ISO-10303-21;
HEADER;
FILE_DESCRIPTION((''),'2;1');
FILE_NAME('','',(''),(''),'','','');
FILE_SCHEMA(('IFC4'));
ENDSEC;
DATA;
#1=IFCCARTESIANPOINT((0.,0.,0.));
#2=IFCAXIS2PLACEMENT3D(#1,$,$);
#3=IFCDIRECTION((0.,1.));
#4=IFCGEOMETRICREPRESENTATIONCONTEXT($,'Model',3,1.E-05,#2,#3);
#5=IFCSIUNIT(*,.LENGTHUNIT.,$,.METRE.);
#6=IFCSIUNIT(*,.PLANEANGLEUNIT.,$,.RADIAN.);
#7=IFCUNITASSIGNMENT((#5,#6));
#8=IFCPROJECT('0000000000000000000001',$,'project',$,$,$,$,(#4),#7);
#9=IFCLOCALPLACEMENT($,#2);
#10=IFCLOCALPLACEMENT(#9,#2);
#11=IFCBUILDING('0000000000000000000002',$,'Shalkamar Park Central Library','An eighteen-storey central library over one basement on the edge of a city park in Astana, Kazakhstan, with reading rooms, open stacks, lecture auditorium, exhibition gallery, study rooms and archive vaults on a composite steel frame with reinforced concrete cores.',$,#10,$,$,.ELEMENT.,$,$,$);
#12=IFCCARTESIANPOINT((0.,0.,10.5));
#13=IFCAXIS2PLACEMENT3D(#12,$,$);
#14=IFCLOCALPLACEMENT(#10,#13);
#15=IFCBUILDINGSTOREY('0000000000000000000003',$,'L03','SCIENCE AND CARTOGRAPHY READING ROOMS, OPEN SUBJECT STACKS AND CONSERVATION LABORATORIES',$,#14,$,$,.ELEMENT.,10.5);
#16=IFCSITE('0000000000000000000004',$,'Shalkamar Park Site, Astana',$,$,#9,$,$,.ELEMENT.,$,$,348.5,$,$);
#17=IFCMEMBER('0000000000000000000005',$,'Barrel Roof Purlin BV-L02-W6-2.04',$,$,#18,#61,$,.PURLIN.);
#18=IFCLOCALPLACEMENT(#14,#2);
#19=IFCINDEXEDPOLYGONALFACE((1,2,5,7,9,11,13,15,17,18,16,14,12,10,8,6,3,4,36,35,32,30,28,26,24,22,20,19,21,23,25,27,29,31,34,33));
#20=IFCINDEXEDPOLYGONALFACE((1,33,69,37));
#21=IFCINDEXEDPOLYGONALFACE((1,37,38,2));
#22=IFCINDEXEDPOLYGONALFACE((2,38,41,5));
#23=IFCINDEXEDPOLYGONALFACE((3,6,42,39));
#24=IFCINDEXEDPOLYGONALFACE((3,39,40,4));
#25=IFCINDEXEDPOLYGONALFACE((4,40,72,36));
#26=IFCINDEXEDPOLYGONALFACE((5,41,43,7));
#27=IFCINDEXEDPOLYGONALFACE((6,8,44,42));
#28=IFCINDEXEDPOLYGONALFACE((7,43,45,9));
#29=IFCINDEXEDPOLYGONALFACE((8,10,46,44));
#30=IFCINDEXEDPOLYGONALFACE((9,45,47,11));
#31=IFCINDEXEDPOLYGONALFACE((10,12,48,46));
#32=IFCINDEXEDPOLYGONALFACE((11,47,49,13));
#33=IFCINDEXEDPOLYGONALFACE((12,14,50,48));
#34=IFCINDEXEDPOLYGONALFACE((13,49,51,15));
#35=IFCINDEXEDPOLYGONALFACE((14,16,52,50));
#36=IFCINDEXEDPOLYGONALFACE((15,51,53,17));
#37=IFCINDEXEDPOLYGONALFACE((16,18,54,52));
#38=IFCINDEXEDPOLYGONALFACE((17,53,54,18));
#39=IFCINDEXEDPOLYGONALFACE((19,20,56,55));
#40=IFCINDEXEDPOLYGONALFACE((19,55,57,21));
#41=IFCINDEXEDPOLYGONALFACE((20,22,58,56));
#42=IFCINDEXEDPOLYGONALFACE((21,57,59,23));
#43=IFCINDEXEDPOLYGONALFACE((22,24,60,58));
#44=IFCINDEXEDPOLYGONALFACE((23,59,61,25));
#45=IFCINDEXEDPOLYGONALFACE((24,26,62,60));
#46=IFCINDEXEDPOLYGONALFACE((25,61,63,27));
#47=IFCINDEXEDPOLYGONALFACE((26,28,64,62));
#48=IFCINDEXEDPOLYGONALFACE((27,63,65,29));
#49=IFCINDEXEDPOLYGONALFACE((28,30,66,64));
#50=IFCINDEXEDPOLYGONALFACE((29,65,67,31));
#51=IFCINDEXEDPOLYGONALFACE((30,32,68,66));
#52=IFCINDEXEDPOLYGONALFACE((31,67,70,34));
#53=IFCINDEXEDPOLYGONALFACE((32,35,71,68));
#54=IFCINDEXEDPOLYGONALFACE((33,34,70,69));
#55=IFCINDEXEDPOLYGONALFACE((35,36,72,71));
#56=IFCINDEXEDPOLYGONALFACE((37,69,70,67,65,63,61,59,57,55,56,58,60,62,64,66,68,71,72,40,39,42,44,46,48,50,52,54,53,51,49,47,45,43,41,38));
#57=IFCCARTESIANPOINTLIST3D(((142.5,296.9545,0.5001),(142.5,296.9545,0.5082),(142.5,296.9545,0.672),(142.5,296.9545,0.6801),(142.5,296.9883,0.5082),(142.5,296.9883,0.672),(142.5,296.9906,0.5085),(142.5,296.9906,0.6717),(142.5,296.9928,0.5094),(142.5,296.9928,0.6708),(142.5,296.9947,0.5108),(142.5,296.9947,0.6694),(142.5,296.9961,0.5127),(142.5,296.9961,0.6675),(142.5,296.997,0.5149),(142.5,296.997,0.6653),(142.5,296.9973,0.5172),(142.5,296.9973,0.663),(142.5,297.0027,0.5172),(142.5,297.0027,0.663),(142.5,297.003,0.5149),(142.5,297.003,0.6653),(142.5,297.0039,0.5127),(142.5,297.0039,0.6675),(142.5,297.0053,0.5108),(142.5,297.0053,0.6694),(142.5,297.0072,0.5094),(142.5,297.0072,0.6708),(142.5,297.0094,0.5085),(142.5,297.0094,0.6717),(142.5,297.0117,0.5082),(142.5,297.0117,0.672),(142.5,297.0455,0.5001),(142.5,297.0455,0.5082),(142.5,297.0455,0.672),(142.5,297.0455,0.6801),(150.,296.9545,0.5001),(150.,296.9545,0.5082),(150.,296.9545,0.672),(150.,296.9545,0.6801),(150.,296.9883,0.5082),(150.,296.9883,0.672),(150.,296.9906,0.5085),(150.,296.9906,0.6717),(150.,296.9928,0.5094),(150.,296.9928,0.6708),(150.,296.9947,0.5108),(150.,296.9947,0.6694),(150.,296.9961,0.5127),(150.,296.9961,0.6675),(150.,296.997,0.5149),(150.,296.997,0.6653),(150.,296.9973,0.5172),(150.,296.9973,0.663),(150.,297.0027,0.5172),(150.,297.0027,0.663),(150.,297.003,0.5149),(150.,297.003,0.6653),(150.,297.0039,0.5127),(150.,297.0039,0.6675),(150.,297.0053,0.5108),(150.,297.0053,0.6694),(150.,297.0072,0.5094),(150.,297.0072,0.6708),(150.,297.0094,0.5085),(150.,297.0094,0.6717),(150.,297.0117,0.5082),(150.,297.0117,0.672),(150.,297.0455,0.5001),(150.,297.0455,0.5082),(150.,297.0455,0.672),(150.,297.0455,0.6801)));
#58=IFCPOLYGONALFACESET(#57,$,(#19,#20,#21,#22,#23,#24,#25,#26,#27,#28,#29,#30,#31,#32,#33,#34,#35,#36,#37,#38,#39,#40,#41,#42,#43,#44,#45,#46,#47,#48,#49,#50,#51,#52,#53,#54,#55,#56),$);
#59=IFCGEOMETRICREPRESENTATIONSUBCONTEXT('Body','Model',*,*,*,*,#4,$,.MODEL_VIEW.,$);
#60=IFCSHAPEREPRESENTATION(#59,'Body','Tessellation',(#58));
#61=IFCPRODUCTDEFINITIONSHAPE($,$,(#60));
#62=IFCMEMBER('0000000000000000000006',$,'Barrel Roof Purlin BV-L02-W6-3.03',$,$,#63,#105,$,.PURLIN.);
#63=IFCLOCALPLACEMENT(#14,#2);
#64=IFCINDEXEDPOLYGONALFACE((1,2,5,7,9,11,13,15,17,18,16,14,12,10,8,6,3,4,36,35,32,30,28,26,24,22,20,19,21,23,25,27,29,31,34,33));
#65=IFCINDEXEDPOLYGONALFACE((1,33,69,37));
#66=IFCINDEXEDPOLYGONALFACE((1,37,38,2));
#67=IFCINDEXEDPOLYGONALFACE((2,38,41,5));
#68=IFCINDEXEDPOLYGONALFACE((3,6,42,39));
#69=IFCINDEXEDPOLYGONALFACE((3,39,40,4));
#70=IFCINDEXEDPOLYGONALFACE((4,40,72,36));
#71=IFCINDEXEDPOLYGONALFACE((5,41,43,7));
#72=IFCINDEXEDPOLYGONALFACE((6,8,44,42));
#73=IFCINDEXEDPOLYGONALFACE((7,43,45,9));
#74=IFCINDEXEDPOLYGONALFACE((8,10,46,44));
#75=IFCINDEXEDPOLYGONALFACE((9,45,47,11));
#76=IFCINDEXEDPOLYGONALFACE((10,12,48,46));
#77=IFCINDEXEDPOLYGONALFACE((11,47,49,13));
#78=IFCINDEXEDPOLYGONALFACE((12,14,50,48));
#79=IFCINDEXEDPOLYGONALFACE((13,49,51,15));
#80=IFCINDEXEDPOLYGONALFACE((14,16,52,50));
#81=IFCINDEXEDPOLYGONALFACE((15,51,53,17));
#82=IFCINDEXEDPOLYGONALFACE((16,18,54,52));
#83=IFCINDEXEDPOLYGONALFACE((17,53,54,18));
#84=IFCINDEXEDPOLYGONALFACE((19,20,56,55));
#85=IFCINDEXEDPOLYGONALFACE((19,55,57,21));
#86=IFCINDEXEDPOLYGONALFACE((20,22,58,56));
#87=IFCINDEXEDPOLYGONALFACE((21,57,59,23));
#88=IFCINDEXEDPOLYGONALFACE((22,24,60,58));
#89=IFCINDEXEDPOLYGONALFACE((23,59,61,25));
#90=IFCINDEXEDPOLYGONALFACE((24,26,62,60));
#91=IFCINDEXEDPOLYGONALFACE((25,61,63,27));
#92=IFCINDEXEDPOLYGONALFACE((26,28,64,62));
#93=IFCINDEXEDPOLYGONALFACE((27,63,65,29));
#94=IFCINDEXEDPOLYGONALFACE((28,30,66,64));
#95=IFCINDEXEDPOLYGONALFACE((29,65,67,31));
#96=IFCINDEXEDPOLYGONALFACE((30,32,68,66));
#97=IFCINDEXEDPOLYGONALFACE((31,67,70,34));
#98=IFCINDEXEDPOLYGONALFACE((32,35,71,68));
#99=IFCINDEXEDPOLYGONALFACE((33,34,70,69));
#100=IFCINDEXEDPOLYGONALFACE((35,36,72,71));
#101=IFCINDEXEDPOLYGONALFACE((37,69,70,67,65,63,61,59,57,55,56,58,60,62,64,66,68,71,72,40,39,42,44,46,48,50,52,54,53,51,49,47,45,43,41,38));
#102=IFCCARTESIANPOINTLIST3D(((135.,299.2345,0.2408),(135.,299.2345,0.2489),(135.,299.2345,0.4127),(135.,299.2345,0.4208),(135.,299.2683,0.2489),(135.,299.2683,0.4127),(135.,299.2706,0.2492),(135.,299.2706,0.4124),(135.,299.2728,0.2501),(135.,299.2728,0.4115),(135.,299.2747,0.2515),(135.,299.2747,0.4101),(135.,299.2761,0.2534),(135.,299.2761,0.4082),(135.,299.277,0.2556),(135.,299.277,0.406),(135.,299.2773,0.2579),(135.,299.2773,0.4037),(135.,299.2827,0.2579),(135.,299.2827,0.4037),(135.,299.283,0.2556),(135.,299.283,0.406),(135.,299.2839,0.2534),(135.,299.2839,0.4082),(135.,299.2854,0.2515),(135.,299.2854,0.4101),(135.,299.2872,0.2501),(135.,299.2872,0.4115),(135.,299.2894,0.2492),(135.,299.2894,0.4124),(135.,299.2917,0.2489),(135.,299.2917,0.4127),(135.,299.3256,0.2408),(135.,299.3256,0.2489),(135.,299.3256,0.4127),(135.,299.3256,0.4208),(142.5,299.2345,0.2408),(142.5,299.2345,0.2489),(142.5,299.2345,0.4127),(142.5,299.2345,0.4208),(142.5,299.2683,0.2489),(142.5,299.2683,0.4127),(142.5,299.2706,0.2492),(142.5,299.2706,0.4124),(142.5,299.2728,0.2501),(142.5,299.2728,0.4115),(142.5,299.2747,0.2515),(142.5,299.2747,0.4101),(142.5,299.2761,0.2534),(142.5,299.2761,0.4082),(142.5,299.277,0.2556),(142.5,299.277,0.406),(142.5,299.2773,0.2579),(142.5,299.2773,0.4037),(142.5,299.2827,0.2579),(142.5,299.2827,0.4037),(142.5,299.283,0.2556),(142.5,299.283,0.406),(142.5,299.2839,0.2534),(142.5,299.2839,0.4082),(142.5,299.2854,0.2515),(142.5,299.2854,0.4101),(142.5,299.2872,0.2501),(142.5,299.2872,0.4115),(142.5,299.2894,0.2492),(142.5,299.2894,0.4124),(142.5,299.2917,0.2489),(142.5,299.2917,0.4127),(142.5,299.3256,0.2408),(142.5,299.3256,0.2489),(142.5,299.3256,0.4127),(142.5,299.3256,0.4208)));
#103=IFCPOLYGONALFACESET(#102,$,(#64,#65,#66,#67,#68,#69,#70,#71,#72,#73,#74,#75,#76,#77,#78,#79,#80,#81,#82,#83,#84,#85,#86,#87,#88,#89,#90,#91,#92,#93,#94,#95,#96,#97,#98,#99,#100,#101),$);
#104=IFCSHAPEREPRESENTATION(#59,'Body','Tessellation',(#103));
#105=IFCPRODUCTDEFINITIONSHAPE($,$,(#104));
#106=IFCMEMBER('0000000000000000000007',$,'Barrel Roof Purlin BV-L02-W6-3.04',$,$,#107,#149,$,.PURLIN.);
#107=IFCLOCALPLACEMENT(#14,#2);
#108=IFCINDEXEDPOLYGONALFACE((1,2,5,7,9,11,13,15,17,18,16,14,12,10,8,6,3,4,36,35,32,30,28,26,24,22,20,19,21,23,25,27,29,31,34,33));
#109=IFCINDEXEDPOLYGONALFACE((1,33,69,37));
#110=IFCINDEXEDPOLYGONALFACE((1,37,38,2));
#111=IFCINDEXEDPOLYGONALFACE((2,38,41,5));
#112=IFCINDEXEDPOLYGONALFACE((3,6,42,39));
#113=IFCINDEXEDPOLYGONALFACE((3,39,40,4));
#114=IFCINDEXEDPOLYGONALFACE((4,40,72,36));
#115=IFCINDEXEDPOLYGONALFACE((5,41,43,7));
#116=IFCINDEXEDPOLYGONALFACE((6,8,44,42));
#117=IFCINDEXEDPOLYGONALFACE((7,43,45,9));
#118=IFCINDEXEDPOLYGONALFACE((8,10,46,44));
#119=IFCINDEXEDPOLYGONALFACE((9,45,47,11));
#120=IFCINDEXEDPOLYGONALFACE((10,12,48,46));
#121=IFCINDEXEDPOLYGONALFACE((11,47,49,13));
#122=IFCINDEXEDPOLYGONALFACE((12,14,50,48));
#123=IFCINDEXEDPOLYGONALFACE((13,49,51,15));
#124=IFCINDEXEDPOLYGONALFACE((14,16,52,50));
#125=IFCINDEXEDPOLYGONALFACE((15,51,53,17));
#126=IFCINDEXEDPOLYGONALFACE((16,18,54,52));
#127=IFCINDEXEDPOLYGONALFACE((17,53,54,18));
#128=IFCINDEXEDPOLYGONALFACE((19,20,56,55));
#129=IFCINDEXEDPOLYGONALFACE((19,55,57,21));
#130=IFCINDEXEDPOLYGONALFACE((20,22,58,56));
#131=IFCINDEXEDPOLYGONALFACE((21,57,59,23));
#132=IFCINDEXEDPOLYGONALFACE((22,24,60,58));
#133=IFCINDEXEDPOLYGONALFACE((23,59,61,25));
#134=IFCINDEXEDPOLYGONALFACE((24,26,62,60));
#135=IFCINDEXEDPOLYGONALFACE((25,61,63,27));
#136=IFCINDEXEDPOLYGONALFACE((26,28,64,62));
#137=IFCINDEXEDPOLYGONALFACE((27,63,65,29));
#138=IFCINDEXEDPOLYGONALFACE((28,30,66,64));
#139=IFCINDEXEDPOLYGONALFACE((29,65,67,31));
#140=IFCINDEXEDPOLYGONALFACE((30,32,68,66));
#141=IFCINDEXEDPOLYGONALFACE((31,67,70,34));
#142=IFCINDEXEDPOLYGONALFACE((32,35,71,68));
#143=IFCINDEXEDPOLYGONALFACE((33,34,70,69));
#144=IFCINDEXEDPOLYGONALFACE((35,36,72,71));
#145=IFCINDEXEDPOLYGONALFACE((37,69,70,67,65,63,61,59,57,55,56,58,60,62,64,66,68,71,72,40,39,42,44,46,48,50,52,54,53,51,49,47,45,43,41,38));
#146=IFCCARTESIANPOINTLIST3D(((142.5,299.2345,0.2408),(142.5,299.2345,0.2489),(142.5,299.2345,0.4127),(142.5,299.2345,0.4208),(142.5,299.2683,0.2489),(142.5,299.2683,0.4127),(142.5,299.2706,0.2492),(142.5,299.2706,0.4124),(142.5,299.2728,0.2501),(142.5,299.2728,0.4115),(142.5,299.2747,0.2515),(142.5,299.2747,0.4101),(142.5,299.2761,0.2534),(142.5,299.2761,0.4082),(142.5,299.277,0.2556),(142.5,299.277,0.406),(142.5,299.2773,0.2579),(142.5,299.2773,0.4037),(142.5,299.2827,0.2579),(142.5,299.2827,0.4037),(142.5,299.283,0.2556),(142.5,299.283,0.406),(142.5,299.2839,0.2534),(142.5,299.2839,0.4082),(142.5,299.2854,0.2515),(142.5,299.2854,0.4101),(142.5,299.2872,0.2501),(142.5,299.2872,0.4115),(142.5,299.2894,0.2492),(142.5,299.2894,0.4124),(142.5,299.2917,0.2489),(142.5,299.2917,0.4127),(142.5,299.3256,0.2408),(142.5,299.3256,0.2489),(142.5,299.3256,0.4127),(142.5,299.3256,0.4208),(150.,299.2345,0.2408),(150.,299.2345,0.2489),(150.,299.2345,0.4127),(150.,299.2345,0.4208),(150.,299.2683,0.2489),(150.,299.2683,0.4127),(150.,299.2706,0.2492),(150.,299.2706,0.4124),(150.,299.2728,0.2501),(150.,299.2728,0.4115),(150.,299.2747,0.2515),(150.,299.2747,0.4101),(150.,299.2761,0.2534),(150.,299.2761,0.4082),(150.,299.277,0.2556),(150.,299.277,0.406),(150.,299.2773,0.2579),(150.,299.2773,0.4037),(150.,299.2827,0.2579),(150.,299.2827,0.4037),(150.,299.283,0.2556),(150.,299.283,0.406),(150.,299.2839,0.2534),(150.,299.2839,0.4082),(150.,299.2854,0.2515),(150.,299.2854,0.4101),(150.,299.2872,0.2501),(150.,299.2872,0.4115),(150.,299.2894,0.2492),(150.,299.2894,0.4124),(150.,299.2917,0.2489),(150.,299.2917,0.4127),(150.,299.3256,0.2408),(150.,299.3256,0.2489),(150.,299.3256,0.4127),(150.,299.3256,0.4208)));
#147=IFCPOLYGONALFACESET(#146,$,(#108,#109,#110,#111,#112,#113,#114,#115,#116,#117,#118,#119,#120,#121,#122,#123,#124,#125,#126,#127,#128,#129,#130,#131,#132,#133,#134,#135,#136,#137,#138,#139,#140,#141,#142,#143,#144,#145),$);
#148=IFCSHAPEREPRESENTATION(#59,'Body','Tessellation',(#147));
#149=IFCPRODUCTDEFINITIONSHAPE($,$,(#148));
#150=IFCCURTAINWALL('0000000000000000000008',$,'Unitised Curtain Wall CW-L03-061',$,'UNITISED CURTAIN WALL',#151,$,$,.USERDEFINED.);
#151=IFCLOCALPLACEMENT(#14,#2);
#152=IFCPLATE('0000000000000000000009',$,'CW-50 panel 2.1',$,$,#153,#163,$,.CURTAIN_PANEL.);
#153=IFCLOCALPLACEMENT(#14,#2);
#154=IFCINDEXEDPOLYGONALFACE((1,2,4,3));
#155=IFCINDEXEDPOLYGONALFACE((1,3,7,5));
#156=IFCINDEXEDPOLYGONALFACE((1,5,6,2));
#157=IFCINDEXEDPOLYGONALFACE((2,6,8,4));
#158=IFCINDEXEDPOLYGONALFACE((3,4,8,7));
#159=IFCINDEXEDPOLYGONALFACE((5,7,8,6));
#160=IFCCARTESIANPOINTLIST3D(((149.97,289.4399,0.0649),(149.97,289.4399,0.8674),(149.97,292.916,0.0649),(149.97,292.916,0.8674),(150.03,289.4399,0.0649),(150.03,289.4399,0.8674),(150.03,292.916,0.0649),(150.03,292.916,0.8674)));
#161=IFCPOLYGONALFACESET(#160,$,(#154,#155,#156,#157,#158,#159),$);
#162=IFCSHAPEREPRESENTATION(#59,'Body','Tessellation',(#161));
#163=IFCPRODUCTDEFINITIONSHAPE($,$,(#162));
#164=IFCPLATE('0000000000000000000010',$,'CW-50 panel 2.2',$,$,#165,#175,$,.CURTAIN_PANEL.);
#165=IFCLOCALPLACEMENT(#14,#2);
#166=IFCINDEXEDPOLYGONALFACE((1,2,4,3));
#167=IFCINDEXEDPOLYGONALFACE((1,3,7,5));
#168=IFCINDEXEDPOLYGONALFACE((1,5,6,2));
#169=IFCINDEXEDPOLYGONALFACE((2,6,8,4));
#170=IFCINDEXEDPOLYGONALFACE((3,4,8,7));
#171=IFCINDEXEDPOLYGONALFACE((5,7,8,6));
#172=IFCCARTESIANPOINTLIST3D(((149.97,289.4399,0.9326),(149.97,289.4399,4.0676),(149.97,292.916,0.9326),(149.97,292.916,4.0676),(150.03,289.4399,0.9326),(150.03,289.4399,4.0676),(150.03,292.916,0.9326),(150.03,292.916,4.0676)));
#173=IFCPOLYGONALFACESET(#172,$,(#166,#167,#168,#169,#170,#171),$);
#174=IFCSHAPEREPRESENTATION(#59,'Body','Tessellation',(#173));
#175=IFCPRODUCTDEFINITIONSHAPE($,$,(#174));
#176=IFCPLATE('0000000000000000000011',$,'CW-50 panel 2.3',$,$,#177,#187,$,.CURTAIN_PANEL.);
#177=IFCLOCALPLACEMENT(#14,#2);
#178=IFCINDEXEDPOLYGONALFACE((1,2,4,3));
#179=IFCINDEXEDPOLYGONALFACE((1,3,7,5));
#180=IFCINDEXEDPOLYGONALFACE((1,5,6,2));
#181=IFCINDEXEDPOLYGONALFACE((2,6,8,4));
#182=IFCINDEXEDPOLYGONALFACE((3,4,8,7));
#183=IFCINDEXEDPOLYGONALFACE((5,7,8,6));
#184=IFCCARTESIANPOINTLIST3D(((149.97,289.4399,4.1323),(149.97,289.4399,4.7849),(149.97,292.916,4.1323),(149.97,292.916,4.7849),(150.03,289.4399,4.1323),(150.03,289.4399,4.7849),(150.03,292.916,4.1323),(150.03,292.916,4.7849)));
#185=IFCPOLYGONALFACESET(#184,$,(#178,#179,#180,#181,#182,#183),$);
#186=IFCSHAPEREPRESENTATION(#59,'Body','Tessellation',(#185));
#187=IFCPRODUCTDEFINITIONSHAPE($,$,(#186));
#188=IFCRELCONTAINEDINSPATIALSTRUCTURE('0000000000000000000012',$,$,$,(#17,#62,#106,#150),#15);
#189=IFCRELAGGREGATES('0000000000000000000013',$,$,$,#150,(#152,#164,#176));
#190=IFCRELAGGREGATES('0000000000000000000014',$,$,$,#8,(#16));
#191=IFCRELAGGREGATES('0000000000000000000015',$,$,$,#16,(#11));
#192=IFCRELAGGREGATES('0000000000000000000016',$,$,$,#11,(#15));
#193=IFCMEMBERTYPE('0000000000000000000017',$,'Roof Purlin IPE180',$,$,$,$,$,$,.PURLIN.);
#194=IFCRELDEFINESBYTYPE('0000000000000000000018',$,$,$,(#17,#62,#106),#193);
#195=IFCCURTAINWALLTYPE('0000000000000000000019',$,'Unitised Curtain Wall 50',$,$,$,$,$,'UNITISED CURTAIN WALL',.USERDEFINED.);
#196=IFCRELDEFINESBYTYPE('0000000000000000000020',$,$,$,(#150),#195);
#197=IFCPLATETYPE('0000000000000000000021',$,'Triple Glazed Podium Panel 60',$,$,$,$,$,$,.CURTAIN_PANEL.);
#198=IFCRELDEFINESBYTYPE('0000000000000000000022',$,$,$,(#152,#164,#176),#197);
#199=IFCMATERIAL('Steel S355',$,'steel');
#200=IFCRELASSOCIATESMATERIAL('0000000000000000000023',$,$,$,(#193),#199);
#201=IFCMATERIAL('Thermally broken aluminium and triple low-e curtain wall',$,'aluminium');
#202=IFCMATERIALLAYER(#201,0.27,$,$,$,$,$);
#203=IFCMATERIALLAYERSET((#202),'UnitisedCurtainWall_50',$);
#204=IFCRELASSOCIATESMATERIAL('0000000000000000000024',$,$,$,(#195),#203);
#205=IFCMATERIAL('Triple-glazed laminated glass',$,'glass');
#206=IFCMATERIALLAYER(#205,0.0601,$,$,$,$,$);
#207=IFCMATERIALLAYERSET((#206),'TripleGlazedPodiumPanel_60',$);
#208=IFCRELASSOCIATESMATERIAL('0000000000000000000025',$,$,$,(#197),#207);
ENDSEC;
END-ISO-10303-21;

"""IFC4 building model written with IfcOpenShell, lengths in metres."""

from ifc_helpers import new_model, si_unit, direction, frame, origin, origin_2d, place, context, subcontext, project, spatial, rectangle, i_section, extrude, material, layer, layer_set, material_profile, profile_set, type_object, element, aggregate, save


model = new_model("IFC4")

# Units and contexts
model_context = context("Model", 3, precision=1e-05, world=origin(), true_north=direction((0.0, 1.0)))
body_context = subcontext(model_context, "Body", "Model", "MODEL_VIEW")
ifc_project = project(units=[si_unit("LENGTHUNIT", "METRE"), si_unit("PLANEANGLEUNIT", "RADIAN")], contexts=[model_context])

# Site, building, storey
site_placement = place(None, origin())
site = spatial("IfcSite", under=ifc_project, at=site_placement, Name="Shalkamar Park Site, Astana", CompositionType="ELEMENT", RefElevation=348.5)
building_placement = place(site_placement, origin())
building = spatial("IfcBuilding", under=site, at=building_placement, Name="Shalkamar Park Central Library", Description="An eighteen-storey central library over one basement on the edge of a city park in Astana, Kazakhstan, with reading rooms, open stacks, lecture auditorium, exhibition gallery, study rooms and archive vaults on a composite steel frame with reinforced concrete cores.", CompositionType="ELEMENT")
storey_placement = place(building_placement, frame((0.0, 0.0, 10.5)))
storey = spatial("IfcBuildingStorey", under=building, at=storey_placement, Name="L03", Description="SCIENCE AND CARTOGRAPHY READING ROOMS, OPEN SUBJECT STACKS AND CONSERVATION LABORATORIES", CompositionType="ELEMENT", Elevation=10.5)

# Members
ifc_material_1 = material(Name="Steel S355", Category="steel")
ifc_material_profile_1 = material_profile(ifc_material_1, i_section(OverallWidth=0.0911, OverallDepth=0.1799, WebThickness=0.0054, FlangeThickness=0.0081, FilletRadius=0.009, at=origin_2d()), Name="IPE 180")
ifc_profile_set_1 = profile_set([ifc_material_profile_1], Name="Steel S355")
member_type_1 = type_object("IfcMemberType", Name="Roof Purlin IPE180", PredefinedType="PURLIN", material=ifc_profile_set_1)
for number, where, z_axis, x_axis, name in (
    (1, (142.5, 297.0, 0.5901), (1.0, 0.0, 0.0), (0.0, 1.0, 0.0), "Barrel Roof Purlin BV-L02-W6-2.04"),
    (2, (135.0, 299.28, 0.3308), (1.0, 0.0, 0.0), (0.0, 1.0, 0.0), "Barrel Roof Purlin BV-L02-W6-3.03"),
    (3, (142.5, 299.28, 0.3308), (1.0, 0.0, 0.0), (0.0, 1.0, 0.0), "Barrel Roof Purlin BV-L02-W6-3.04"),
):
    element("IfcMember", number, at=place(storey_placement, frame(where, z_axis=z_axis, x_axis=x_axis)), inside=storey, type_object=member_type_1, Name=name, PredefinedType="PURLIN", context=body_context, shape_type="SweptSolid", body=[
        extrude(i_section(OverallWidth=0.0911, OverallDepth=0.1799, WebThickness=0.0054, FlangeThickness=0.0081, FilletRadius=0.009, at=origin_2d()), origin(), (0.0, 0.0, 1.0), 7.5),
    ])

# Curtain wall, plates
ifc_material_2 = material(Name="Thermally broken aluminium and triple low-e curtain wall", Category="aluminium")
ifc_layer_1 = layer(ifc_material_2, 0.27)
ifc_layer_set_1 = layer_set([ifc_layer_1], Name="UnitisedCurtainWall_50")
curtain_wall_type = type_object("IfcCurtainWallType", Name="Unitised Curtain Wall 50", ElementType="UNITISED CURTAIN WALL", PredefinedType="USERDEFINED", material=ifc_layer_set_1)
curtain_wall_placement = place(storey_placement, origin())
curtain_wall = element("IfcCurtainWall", 4, at=curtain_wall_placement, inside=storey, type_object=curtain_wall_type, Name="Unitised Curtain Wall CW-L03-061", ObjectType="UNITISED CURTAIN WALL", PredefinedType="USERDEFINED")
ifc_material_3 = material(Name="Triple-glazed laminated glass", Category="glass")
ifc_layer_2 = layer(ifc_material_3, 0.0601)
ifc_layer_set_2 = layer_set([ifc_layer_2], Name="TripleGlazedPodiumPanel_60")
plate_type = type_object("IfcPlateType", Name="Triple Glazed Podium Panel 60", PredefinedType="CURTAIN_PANEL", material=ifc_layer_set_2)
plate_1_placement = place(storey_placement, frame((150.0, 291.178, 0.0649), z_axis=(0.0, 0.0, 1.0), x_axis=(0.0, 1.0, 0.0)))
plate_1 = element("IfcPlate", 5, at=plate_1_placement, type_object=plate_type, Name="CW-50 panel 2.1", PredefinedType="CURTAIN_PANEL", context=body_context, shape_type="SweptSolid", body=[
    extrude(rectangle(XDim=3.4761, YDim=0.0601, at=origin_2d()), origin(), (0.0, 0.0, 1.0), 0.8025),
])
plate_2_placement = place(storey_placement, frame((150.0, 291.178, 0.9326), z_axis=(0.0, 0.0, 1.0), x_axis=(0.0, 1.0, 0.0)))
plate_2 = element("IfcPlate", 6, at=plate_2_placement, type_object=plate_type, Name="CW-50 panel 2.2", PredefinedType="CURTAIN_PANEL", context=body_context, shape_type="SweptSolid", body=[
    extrude(rectangle(XDim=3.4761, YDim=0.0601, at=origin_2d()), origin(), (0.0, 0.0, 1.0), 3.135),
])
plate_3_placement = place(storey_placement, frame((150.0, 291.178, 4.1323), z_axis=(0.0, 0.0, 1.0), x_axis=(0.0, 1.0, 0.0)))
plate_3 = element("IfcPlate", 7, at=plate_3_placement, type_object=plate_type, Name="CW-50 panel 2.3", PredefinedType="CURTAIN_PANEL", context=body_context, shape_type="SweptSolid", body=[
    extrude(rectangle(XDim=3.4761, YDim=0.0601, at=origin_2d()), origin(), (0.0, 0.0, 1.0), 0.6526),
])
aggregate(curtain_wall, [plate_1, plate_2, plate_3])

save(model, "model.ifc")
